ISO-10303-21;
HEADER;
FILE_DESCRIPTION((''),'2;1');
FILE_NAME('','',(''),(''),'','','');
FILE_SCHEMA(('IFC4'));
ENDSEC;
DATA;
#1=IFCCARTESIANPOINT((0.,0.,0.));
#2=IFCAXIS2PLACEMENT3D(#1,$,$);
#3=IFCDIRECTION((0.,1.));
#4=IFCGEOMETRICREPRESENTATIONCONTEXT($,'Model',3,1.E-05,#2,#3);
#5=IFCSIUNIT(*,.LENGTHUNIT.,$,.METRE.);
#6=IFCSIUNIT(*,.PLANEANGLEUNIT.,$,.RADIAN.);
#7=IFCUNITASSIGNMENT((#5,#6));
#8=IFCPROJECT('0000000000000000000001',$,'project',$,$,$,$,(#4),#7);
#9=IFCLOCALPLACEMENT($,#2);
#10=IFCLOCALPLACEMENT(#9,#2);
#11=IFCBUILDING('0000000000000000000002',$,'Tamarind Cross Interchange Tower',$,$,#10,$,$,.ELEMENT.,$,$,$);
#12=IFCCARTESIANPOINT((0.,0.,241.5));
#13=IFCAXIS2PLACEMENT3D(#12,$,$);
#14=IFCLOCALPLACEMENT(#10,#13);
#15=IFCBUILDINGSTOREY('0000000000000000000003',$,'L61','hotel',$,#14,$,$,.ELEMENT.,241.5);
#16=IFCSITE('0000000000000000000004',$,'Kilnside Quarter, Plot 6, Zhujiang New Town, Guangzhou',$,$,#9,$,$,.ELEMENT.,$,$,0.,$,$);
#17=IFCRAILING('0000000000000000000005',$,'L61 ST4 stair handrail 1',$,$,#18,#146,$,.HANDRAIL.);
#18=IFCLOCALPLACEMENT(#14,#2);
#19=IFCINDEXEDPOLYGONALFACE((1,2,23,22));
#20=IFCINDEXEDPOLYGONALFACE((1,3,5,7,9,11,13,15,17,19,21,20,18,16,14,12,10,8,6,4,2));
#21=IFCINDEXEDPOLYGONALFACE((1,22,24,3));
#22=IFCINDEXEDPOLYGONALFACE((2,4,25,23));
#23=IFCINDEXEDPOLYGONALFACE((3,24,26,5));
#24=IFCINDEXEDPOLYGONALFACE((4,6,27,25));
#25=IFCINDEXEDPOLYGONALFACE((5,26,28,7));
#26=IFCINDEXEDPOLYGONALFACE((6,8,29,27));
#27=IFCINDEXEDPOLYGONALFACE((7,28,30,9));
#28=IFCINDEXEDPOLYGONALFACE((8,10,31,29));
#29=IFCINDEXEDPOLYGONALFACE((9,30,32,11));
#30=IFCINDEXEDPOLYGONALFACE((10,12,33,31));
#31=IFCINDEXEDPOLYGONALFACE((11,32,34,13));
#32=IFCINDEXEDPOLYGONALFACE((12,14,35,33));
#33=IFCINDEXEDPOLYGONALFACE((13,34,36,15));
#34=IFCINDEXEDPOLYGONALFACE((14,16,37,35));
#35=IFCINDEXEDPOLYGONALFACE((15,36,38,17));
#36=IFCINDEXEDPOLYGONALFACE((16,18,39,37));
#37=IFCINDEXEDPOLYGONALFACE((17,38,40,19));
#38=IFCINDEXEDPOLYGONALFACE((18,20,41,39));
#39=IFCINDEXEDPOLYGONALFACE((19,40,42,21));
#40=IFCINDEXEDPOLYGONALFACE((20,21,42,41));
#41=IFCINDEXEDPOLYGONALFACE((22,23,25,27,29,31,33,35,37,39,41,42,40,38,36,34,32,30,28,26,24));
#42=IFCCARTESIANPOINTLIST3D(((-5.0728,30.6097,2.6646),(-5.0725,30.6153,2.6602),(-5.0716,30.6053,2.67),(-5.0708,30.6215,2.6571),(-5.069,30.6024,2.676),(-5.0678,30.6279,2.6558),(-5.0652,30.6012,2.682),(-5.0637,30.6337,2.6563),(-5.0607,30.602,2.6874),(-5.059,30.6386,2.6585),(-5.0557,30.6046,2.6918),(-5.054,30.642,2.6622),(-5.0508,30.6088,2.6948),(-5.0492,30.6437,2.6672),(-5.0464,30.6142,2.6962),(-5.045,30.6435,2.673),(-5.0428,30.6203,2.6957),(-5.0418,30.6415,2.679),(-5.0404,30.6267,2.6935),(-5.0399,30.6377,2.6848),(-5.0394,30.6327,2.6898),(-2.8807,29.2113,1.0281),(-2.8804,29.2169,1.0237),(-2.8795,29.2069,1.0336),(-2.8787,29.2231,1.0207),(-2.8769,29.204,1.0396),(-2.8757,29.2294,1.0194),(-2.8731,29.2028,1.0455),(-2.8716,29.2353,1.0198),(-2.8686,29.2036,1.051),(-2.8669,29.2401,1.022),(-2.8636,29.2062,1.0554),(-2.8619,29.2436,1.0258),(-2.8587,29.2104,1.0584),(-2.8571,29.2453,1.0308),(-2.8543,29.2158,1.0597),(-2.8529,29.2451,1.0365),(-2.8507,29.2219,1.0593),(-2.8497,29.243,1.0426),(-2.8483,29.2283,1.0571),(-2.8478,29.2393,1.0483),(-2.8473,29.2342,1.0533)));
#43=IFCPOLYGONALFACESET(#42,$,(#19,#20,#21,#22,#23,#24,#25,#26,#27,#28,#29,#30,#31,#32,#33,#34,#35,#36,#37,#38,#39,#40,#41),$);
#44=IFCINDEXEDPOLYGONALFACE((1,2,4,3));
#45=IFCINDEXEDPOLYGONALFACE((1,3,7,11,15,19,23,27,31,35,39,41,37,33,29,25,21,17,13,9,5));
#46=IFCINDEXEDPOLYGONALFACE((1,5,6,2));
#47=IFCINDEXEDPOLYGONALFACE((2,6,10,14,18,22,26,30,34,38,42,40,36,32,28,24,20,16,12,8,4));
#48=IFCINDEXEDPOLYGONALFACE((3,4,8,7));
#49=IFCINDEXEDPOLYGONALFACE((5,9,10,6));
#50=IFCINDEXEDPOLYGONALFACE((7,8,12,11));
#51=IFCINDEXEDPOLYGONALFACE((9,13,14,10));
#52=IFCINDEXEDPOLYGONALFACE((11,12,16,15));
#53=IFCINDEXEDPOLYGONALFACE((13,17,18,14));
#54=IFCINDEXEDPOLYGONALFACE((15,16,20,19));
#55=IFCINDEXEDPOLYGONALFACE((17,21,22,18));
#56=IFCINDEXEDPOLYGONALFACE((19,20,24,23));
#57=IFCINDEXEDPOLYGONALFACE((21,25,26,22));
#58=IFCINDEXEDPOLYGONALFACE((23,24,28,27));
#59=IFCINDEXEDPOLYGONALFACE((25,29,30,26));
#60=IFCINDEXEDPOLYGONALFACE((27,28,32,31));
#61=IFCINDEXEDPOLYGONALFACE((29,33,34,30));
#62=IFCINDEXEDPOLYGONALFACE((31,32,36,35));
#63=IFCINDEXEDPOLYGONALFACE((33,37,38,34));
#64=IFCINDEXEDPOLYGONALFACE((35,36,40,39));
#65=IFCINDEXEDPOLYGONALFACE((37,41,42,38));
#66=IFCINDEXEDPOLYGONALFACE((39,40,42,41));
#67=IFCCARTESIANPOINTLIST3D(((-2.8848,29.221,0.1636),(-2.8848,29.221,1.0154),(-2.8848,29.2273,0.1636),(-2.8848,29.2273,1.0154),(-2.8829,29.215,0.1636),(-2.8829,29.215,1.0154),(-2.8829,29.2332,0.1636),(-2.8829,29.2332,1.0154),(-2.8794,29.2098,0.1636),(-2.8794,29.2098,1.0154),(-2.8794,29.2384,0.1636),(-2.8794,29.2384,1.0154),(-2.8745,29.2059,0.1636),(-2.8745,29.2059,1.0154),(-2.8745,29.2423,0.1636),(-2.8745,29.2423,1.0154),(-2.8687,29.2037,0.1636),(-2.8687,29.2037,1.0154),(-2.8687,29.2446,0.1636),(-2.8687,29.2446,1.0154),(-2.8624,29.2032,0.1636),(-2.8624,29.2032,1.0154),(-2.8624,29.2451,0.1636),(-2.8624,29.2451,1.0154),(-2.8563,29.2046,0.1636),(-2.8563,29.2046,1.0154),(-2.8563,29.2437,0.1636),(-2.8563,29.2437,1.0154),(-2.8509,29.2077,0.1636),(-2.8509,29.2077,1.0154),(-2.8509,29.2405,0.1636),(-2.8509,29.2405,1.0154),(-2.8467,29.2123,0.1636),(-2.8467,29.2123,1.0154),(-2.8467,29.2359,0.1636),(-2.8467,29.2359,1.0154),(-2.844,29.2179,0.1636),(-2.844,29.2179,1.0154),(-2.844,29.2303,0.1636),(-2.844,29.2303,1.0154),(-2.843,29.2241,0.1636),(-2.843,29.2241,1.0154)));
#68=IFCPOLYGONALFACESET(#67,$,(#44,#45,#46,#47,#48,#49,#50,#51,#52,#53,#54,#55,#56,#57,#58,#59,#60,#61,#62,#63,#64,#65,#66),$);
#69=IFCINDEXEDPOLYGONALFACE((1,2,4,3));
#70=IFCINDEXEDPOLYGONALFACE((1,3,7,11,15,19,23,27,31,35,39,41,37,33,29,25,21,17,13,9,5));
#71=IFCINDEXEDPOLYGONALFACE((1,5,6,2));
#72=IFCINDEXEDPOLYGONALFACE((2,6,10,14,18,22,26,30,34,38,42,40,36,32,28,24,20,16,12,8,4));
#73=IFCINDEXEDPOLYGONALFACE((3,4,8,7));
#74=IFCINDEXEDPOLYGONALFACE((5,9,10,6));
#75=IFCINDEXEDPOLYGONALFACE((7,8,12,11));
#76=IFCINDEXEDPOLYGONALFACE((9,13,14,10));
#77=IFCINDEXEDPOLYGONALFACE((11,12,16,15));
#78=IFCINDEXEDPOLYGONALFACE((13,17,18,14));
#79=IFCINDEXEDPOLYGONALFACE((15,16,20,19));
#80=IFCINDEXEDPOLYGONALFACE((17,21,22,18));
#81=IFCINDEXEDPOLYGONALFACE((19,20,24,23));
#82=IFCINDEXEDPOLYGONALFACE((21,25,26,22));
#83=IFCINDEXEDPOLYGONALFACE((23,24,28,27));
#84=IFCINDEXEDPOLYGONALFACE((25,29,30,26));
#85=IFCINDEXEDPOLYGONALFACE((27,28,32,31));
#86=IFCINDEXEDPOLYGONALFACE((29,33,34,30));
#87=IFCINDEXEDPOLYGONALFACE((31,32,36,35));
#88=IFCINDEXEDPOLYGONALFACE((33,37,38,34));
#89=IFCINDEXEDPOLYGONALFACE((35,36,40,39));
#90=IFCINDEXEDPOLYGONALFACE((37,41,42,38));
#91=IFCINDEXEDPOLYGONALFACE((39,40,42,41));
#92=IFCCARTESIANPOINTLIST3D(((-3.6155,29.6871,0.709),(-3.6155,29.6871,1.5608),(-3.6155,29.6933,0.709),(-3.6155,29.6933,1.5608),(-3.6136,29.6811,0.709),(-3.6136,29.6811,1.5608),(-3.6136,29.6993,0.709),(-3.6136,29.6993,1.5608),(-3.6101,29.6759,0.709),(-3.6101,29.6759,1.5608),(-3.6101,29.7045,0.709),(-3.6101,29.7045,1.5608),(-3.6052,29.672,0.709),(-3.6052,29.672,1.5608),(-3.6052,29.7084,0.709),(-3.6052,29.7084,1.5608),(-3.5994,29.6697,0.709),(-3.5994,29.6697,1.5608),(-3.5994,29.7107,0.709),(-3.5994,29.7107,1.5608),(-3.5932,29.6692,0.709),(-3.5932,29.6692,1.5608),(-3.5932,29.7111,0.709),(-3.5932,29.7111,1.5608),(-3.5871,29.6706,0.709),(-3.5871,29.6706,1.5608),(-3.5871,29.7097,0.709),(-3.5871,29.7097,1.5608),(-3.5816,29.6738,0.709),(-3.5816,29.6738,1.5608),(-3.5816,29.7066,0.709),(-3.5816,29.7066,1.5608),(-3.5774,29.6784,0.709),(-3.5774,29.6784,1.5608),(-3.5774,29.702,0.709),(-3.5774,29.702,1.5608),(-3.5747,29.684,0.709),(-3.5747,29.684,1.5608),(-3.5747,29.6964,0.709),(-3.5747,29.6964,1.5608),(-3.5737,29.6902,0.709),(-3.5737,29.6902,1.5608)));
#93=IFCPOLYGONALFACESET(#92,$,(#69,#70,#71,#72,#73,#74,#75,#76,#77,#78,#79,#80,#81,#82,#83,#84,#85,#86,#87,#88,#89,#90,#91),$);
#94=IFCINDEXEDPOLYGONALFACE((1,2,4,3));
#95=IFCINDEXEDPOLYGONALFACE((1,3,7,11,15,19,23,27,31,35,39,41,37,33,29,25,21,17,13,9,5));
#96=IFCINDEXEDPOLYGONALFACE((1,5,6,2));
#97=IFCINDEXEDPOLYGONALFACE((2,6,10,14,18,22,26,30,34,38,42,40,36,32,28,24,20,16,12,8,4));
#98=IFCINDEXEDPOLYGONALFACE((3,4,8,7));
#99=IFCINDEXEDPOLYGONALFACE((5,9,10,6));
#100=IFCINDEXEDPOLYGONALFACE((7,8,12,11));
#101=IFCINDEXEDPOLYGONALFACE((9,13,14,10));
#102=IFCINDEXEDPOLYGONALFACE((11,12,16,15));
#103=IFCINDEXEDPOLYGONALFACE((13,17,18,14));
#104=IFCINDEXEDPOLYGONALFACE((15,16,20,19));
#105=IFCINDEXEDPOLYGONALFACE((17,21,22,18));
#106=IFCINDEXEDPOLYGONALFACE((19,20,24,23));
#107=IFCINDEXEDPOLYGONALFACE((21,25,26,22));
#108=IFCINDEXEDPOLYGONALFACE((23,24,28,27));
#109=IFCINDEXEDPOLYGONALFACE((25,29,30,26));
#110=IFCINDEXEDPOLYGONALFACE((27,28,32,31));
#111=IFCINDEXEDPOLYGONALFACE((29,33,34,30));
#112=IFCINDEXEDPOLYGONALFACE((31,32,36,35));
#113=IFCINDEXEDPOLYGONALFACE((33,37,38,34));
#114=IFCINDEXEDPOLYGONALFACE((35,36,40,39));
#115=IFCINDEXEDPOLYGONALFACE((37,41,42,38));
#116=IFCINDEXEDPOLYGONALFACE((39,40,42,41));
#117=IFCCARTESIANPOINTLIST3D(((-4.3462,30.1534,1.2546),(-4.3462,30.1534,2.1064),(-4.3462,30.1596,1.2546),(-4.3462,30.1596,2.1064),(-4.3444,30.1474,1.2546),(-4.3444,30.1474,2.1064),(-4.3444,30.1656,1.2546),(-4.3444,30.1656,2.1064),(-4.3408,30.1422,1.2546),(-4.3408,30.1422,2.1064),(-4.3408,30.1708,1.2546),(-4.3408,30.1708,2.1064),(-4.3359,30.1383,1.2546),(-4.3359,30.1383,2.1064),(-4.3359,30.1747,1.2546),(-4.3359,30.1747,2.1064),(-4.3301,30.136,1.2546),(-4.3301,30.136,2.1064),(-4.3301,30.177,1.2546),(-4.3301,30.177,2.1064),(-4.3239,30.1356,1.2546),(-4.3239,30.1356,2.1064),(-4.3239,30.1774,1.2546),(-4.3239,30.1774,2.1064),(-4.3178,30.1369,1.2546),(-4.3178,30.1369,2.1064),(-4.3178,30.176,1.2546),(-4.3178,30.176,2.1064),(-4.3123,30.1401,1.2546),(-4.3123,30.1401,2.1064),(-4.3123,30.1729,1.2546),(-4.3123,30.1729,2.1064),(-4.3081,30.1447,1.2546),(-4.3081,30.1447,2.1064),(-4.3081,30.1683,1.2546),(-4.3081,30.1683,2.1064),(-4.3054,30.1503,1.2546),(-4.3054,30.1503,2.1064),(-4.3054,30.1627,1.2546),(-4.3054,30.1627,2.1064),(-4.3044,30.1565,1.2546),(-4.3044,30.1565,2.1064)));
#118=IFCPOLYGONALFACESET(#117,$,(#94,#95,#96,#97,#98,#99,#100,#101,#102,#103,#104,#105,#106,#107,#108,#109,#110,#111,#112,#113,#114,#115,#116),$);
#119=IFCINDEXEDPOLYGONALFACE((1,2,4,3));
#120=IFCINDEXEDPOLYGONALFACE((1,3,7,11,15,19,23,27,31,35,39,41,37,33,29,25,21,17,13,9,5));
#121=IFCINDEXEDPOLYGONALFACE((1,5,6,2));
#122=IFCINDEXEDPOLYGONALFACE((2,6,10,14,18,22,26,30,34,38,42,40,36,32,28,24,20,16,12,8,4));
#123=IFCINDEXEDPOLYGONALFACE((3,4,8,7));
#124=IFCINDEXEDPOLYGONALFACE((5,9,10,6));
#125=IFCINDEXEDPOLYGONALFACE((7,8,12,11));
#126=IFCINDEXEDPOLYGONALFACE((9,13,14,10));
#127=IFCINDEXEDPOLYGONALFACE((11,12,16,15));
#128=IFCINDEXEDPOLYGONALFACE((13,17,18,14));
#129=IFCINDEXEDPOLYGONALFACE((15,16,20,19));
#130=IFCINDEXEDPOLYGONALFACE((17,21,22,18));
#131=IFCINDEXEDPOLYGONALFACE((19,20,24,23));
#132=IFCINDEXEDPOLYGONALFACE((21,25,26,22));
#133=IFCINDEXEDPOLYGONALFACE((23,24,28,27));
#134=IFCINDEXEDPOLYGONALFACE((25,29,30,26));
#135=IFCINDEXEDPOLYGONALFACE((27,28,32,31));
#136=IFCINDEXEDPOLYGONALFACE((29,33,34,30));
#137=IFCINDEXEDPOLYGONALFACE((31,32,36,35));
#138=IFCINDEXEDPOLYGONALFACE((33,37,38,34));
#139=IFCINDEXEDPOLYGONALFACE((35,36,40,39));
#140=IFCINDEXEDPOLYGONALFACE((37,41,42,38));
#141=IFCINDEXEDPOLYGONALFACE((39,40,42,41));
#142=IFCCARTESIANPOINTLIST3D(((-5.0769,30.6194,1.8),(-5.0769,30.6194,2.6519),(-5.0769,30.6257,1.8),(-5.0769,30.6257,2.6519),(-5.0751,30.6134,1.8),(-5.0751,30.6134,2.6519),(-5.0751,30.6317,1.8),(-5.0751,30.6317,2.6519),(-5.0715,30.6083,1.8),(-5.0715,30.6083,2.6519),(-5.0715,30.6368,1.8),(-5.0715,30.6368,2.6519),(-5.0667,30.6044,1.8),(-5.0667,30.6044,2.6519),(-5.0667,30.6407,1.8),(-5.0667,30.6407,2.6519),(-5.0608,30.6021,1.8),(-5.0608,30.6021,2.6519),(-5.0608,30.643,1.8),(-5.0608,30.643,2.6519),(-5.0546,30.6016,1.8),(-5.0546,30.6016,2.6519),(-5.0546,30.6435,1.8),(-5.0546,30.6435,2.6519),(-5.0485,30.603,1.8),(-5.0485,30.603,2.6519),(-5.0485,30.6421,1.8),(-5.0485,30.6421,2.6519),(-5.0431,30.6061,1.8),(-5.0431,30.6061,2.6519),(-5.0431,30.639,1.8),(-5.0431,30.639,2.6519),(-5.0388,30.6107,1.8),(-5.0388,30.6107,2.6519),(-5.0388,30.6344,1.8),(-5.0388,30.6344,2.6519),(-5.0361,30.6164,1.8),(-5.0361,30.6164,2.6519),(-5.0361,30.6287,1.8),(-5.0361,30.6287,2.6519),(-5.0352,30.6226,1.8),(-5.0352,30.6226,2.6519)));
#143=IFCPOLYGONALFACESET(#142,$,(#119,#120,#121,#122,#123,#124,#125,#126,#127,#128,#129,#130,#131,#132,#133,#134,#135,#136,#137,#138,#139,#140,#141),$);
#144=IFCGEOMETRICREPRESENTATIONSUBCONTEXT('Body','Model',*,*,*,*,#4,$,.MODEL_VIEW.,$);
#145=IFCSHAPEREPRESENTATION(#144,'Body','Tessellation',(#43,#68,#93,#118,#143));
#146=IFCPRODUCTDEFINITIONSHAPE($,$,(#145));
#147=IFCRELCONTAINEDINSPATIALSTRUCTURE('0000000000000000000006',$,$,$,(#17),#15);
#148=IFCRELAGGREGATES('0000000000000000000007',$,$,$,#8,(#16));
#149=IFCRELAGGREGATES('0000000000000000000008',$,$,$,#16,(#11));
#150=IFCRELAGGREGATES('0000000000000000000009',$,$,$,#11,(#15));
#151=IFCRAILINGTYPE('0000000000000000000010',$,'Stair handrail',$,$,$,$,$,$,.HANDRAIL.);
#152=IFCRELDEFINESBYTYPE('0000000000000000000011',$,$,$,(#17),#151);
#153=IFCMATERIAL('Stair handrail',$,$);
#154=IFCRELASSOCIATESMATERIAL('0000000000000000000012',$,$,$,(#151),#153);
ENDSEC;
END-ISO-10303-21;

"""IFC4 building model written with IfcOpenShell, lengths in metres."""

from ifc_helpers import new_model, si_unit, direction, frame, origin, origin_2d, place, context, subcontext, project, spatial, circle, extrude, material, type_object, element, save


model = new_model("IFC4")

# Units and contexts
model_context = context("Model", 3, precision=1e-05, world=origin(), true_north=direction((0.0, 1.0)))
body_context = subcontext(model_context, "Body", "Model", "MODEL_VIEW")
ifc_project = project(units=[si_unit("LENGTHUNIT", "METRE"), si_unit("PLANEANGLEUNIT", "RADIAN")], contexts=[model_context])

# Site, building, storey
site_placement = place(None, origin())
site = spatial("IfcSite", under=ifc_project, at=site_placement, Name="Kilnside Quarter, Plot 6, Zhujiang New Town, Guangzhou", CompositionType="ELEMENT", RefElevation=0.0)
building_placement = place(site_placement, origin())
building = spatial("IfcBuilding", under=site, at=building_placement, Name="Tamarind Cross Interchange Tower", CompositionType="ELEMENT")
storey_placement = place(building_placement, frame((0.0, 0.0, 241.5)))
storey = spatial("IfcBuildingStorey", under=building, at=storey_placement, Name="L61", Description="hotel", CompositionType="ELEMENT", Elevation=241.5)

# Railing
ifc_material_1 = material(Name="Stair handrail")
railing_type_1 = type_object("IfcRailingType", Name="Stair handrail", PredefinedType="HANDRAIL", material=ifc_material_1)
railing_1_placement = place(storey_placement, frame((-2.864, 29.2241, 0.1636)))
element("IfcRailing", 1, at=railing_1_placement, inside=storey, type_object=railing_type_1, Name="L61 ST4 stair handrail 1", PredefinedType="HANDRAIL", context=body_context, shape_type="SweptSolid", body=[
    extrude(circle(Radius=0.0239, at=origin_2d()), frame((0.0, 0.0, 0.876), z_axis=(-0.713513, 0.455173, 0.532651), x_axis=(-0.537817, -0.843062, 0.0)), (0.0, 0.0, 1.0), 3.0723),
    extrude(circle(Radius=0.021, at=origin_2d()), origin(), (0.0, 0.0, 1.0), 0.8518),
    extrude(circle(Radius=0.021, at=origin_2d()), frame((-0.7307, 0.4661, 0.5454)), (0.0, 0.0, 1.0), 0.8518),
    extrude(circle(Radius=0.021, at=origin_2d()), frame((-1.4614, 0.9324, 1.0911)), (0.0, 0.0, 1.0), 0.8518),
    extrude(circle(Radius=0.021, at=origin_2d()), frame((-2.1921, 1.3984, 1.6365)), (0.0, 0.0, 1.0), 0.8518),
])

save(model, "model.ifc")
